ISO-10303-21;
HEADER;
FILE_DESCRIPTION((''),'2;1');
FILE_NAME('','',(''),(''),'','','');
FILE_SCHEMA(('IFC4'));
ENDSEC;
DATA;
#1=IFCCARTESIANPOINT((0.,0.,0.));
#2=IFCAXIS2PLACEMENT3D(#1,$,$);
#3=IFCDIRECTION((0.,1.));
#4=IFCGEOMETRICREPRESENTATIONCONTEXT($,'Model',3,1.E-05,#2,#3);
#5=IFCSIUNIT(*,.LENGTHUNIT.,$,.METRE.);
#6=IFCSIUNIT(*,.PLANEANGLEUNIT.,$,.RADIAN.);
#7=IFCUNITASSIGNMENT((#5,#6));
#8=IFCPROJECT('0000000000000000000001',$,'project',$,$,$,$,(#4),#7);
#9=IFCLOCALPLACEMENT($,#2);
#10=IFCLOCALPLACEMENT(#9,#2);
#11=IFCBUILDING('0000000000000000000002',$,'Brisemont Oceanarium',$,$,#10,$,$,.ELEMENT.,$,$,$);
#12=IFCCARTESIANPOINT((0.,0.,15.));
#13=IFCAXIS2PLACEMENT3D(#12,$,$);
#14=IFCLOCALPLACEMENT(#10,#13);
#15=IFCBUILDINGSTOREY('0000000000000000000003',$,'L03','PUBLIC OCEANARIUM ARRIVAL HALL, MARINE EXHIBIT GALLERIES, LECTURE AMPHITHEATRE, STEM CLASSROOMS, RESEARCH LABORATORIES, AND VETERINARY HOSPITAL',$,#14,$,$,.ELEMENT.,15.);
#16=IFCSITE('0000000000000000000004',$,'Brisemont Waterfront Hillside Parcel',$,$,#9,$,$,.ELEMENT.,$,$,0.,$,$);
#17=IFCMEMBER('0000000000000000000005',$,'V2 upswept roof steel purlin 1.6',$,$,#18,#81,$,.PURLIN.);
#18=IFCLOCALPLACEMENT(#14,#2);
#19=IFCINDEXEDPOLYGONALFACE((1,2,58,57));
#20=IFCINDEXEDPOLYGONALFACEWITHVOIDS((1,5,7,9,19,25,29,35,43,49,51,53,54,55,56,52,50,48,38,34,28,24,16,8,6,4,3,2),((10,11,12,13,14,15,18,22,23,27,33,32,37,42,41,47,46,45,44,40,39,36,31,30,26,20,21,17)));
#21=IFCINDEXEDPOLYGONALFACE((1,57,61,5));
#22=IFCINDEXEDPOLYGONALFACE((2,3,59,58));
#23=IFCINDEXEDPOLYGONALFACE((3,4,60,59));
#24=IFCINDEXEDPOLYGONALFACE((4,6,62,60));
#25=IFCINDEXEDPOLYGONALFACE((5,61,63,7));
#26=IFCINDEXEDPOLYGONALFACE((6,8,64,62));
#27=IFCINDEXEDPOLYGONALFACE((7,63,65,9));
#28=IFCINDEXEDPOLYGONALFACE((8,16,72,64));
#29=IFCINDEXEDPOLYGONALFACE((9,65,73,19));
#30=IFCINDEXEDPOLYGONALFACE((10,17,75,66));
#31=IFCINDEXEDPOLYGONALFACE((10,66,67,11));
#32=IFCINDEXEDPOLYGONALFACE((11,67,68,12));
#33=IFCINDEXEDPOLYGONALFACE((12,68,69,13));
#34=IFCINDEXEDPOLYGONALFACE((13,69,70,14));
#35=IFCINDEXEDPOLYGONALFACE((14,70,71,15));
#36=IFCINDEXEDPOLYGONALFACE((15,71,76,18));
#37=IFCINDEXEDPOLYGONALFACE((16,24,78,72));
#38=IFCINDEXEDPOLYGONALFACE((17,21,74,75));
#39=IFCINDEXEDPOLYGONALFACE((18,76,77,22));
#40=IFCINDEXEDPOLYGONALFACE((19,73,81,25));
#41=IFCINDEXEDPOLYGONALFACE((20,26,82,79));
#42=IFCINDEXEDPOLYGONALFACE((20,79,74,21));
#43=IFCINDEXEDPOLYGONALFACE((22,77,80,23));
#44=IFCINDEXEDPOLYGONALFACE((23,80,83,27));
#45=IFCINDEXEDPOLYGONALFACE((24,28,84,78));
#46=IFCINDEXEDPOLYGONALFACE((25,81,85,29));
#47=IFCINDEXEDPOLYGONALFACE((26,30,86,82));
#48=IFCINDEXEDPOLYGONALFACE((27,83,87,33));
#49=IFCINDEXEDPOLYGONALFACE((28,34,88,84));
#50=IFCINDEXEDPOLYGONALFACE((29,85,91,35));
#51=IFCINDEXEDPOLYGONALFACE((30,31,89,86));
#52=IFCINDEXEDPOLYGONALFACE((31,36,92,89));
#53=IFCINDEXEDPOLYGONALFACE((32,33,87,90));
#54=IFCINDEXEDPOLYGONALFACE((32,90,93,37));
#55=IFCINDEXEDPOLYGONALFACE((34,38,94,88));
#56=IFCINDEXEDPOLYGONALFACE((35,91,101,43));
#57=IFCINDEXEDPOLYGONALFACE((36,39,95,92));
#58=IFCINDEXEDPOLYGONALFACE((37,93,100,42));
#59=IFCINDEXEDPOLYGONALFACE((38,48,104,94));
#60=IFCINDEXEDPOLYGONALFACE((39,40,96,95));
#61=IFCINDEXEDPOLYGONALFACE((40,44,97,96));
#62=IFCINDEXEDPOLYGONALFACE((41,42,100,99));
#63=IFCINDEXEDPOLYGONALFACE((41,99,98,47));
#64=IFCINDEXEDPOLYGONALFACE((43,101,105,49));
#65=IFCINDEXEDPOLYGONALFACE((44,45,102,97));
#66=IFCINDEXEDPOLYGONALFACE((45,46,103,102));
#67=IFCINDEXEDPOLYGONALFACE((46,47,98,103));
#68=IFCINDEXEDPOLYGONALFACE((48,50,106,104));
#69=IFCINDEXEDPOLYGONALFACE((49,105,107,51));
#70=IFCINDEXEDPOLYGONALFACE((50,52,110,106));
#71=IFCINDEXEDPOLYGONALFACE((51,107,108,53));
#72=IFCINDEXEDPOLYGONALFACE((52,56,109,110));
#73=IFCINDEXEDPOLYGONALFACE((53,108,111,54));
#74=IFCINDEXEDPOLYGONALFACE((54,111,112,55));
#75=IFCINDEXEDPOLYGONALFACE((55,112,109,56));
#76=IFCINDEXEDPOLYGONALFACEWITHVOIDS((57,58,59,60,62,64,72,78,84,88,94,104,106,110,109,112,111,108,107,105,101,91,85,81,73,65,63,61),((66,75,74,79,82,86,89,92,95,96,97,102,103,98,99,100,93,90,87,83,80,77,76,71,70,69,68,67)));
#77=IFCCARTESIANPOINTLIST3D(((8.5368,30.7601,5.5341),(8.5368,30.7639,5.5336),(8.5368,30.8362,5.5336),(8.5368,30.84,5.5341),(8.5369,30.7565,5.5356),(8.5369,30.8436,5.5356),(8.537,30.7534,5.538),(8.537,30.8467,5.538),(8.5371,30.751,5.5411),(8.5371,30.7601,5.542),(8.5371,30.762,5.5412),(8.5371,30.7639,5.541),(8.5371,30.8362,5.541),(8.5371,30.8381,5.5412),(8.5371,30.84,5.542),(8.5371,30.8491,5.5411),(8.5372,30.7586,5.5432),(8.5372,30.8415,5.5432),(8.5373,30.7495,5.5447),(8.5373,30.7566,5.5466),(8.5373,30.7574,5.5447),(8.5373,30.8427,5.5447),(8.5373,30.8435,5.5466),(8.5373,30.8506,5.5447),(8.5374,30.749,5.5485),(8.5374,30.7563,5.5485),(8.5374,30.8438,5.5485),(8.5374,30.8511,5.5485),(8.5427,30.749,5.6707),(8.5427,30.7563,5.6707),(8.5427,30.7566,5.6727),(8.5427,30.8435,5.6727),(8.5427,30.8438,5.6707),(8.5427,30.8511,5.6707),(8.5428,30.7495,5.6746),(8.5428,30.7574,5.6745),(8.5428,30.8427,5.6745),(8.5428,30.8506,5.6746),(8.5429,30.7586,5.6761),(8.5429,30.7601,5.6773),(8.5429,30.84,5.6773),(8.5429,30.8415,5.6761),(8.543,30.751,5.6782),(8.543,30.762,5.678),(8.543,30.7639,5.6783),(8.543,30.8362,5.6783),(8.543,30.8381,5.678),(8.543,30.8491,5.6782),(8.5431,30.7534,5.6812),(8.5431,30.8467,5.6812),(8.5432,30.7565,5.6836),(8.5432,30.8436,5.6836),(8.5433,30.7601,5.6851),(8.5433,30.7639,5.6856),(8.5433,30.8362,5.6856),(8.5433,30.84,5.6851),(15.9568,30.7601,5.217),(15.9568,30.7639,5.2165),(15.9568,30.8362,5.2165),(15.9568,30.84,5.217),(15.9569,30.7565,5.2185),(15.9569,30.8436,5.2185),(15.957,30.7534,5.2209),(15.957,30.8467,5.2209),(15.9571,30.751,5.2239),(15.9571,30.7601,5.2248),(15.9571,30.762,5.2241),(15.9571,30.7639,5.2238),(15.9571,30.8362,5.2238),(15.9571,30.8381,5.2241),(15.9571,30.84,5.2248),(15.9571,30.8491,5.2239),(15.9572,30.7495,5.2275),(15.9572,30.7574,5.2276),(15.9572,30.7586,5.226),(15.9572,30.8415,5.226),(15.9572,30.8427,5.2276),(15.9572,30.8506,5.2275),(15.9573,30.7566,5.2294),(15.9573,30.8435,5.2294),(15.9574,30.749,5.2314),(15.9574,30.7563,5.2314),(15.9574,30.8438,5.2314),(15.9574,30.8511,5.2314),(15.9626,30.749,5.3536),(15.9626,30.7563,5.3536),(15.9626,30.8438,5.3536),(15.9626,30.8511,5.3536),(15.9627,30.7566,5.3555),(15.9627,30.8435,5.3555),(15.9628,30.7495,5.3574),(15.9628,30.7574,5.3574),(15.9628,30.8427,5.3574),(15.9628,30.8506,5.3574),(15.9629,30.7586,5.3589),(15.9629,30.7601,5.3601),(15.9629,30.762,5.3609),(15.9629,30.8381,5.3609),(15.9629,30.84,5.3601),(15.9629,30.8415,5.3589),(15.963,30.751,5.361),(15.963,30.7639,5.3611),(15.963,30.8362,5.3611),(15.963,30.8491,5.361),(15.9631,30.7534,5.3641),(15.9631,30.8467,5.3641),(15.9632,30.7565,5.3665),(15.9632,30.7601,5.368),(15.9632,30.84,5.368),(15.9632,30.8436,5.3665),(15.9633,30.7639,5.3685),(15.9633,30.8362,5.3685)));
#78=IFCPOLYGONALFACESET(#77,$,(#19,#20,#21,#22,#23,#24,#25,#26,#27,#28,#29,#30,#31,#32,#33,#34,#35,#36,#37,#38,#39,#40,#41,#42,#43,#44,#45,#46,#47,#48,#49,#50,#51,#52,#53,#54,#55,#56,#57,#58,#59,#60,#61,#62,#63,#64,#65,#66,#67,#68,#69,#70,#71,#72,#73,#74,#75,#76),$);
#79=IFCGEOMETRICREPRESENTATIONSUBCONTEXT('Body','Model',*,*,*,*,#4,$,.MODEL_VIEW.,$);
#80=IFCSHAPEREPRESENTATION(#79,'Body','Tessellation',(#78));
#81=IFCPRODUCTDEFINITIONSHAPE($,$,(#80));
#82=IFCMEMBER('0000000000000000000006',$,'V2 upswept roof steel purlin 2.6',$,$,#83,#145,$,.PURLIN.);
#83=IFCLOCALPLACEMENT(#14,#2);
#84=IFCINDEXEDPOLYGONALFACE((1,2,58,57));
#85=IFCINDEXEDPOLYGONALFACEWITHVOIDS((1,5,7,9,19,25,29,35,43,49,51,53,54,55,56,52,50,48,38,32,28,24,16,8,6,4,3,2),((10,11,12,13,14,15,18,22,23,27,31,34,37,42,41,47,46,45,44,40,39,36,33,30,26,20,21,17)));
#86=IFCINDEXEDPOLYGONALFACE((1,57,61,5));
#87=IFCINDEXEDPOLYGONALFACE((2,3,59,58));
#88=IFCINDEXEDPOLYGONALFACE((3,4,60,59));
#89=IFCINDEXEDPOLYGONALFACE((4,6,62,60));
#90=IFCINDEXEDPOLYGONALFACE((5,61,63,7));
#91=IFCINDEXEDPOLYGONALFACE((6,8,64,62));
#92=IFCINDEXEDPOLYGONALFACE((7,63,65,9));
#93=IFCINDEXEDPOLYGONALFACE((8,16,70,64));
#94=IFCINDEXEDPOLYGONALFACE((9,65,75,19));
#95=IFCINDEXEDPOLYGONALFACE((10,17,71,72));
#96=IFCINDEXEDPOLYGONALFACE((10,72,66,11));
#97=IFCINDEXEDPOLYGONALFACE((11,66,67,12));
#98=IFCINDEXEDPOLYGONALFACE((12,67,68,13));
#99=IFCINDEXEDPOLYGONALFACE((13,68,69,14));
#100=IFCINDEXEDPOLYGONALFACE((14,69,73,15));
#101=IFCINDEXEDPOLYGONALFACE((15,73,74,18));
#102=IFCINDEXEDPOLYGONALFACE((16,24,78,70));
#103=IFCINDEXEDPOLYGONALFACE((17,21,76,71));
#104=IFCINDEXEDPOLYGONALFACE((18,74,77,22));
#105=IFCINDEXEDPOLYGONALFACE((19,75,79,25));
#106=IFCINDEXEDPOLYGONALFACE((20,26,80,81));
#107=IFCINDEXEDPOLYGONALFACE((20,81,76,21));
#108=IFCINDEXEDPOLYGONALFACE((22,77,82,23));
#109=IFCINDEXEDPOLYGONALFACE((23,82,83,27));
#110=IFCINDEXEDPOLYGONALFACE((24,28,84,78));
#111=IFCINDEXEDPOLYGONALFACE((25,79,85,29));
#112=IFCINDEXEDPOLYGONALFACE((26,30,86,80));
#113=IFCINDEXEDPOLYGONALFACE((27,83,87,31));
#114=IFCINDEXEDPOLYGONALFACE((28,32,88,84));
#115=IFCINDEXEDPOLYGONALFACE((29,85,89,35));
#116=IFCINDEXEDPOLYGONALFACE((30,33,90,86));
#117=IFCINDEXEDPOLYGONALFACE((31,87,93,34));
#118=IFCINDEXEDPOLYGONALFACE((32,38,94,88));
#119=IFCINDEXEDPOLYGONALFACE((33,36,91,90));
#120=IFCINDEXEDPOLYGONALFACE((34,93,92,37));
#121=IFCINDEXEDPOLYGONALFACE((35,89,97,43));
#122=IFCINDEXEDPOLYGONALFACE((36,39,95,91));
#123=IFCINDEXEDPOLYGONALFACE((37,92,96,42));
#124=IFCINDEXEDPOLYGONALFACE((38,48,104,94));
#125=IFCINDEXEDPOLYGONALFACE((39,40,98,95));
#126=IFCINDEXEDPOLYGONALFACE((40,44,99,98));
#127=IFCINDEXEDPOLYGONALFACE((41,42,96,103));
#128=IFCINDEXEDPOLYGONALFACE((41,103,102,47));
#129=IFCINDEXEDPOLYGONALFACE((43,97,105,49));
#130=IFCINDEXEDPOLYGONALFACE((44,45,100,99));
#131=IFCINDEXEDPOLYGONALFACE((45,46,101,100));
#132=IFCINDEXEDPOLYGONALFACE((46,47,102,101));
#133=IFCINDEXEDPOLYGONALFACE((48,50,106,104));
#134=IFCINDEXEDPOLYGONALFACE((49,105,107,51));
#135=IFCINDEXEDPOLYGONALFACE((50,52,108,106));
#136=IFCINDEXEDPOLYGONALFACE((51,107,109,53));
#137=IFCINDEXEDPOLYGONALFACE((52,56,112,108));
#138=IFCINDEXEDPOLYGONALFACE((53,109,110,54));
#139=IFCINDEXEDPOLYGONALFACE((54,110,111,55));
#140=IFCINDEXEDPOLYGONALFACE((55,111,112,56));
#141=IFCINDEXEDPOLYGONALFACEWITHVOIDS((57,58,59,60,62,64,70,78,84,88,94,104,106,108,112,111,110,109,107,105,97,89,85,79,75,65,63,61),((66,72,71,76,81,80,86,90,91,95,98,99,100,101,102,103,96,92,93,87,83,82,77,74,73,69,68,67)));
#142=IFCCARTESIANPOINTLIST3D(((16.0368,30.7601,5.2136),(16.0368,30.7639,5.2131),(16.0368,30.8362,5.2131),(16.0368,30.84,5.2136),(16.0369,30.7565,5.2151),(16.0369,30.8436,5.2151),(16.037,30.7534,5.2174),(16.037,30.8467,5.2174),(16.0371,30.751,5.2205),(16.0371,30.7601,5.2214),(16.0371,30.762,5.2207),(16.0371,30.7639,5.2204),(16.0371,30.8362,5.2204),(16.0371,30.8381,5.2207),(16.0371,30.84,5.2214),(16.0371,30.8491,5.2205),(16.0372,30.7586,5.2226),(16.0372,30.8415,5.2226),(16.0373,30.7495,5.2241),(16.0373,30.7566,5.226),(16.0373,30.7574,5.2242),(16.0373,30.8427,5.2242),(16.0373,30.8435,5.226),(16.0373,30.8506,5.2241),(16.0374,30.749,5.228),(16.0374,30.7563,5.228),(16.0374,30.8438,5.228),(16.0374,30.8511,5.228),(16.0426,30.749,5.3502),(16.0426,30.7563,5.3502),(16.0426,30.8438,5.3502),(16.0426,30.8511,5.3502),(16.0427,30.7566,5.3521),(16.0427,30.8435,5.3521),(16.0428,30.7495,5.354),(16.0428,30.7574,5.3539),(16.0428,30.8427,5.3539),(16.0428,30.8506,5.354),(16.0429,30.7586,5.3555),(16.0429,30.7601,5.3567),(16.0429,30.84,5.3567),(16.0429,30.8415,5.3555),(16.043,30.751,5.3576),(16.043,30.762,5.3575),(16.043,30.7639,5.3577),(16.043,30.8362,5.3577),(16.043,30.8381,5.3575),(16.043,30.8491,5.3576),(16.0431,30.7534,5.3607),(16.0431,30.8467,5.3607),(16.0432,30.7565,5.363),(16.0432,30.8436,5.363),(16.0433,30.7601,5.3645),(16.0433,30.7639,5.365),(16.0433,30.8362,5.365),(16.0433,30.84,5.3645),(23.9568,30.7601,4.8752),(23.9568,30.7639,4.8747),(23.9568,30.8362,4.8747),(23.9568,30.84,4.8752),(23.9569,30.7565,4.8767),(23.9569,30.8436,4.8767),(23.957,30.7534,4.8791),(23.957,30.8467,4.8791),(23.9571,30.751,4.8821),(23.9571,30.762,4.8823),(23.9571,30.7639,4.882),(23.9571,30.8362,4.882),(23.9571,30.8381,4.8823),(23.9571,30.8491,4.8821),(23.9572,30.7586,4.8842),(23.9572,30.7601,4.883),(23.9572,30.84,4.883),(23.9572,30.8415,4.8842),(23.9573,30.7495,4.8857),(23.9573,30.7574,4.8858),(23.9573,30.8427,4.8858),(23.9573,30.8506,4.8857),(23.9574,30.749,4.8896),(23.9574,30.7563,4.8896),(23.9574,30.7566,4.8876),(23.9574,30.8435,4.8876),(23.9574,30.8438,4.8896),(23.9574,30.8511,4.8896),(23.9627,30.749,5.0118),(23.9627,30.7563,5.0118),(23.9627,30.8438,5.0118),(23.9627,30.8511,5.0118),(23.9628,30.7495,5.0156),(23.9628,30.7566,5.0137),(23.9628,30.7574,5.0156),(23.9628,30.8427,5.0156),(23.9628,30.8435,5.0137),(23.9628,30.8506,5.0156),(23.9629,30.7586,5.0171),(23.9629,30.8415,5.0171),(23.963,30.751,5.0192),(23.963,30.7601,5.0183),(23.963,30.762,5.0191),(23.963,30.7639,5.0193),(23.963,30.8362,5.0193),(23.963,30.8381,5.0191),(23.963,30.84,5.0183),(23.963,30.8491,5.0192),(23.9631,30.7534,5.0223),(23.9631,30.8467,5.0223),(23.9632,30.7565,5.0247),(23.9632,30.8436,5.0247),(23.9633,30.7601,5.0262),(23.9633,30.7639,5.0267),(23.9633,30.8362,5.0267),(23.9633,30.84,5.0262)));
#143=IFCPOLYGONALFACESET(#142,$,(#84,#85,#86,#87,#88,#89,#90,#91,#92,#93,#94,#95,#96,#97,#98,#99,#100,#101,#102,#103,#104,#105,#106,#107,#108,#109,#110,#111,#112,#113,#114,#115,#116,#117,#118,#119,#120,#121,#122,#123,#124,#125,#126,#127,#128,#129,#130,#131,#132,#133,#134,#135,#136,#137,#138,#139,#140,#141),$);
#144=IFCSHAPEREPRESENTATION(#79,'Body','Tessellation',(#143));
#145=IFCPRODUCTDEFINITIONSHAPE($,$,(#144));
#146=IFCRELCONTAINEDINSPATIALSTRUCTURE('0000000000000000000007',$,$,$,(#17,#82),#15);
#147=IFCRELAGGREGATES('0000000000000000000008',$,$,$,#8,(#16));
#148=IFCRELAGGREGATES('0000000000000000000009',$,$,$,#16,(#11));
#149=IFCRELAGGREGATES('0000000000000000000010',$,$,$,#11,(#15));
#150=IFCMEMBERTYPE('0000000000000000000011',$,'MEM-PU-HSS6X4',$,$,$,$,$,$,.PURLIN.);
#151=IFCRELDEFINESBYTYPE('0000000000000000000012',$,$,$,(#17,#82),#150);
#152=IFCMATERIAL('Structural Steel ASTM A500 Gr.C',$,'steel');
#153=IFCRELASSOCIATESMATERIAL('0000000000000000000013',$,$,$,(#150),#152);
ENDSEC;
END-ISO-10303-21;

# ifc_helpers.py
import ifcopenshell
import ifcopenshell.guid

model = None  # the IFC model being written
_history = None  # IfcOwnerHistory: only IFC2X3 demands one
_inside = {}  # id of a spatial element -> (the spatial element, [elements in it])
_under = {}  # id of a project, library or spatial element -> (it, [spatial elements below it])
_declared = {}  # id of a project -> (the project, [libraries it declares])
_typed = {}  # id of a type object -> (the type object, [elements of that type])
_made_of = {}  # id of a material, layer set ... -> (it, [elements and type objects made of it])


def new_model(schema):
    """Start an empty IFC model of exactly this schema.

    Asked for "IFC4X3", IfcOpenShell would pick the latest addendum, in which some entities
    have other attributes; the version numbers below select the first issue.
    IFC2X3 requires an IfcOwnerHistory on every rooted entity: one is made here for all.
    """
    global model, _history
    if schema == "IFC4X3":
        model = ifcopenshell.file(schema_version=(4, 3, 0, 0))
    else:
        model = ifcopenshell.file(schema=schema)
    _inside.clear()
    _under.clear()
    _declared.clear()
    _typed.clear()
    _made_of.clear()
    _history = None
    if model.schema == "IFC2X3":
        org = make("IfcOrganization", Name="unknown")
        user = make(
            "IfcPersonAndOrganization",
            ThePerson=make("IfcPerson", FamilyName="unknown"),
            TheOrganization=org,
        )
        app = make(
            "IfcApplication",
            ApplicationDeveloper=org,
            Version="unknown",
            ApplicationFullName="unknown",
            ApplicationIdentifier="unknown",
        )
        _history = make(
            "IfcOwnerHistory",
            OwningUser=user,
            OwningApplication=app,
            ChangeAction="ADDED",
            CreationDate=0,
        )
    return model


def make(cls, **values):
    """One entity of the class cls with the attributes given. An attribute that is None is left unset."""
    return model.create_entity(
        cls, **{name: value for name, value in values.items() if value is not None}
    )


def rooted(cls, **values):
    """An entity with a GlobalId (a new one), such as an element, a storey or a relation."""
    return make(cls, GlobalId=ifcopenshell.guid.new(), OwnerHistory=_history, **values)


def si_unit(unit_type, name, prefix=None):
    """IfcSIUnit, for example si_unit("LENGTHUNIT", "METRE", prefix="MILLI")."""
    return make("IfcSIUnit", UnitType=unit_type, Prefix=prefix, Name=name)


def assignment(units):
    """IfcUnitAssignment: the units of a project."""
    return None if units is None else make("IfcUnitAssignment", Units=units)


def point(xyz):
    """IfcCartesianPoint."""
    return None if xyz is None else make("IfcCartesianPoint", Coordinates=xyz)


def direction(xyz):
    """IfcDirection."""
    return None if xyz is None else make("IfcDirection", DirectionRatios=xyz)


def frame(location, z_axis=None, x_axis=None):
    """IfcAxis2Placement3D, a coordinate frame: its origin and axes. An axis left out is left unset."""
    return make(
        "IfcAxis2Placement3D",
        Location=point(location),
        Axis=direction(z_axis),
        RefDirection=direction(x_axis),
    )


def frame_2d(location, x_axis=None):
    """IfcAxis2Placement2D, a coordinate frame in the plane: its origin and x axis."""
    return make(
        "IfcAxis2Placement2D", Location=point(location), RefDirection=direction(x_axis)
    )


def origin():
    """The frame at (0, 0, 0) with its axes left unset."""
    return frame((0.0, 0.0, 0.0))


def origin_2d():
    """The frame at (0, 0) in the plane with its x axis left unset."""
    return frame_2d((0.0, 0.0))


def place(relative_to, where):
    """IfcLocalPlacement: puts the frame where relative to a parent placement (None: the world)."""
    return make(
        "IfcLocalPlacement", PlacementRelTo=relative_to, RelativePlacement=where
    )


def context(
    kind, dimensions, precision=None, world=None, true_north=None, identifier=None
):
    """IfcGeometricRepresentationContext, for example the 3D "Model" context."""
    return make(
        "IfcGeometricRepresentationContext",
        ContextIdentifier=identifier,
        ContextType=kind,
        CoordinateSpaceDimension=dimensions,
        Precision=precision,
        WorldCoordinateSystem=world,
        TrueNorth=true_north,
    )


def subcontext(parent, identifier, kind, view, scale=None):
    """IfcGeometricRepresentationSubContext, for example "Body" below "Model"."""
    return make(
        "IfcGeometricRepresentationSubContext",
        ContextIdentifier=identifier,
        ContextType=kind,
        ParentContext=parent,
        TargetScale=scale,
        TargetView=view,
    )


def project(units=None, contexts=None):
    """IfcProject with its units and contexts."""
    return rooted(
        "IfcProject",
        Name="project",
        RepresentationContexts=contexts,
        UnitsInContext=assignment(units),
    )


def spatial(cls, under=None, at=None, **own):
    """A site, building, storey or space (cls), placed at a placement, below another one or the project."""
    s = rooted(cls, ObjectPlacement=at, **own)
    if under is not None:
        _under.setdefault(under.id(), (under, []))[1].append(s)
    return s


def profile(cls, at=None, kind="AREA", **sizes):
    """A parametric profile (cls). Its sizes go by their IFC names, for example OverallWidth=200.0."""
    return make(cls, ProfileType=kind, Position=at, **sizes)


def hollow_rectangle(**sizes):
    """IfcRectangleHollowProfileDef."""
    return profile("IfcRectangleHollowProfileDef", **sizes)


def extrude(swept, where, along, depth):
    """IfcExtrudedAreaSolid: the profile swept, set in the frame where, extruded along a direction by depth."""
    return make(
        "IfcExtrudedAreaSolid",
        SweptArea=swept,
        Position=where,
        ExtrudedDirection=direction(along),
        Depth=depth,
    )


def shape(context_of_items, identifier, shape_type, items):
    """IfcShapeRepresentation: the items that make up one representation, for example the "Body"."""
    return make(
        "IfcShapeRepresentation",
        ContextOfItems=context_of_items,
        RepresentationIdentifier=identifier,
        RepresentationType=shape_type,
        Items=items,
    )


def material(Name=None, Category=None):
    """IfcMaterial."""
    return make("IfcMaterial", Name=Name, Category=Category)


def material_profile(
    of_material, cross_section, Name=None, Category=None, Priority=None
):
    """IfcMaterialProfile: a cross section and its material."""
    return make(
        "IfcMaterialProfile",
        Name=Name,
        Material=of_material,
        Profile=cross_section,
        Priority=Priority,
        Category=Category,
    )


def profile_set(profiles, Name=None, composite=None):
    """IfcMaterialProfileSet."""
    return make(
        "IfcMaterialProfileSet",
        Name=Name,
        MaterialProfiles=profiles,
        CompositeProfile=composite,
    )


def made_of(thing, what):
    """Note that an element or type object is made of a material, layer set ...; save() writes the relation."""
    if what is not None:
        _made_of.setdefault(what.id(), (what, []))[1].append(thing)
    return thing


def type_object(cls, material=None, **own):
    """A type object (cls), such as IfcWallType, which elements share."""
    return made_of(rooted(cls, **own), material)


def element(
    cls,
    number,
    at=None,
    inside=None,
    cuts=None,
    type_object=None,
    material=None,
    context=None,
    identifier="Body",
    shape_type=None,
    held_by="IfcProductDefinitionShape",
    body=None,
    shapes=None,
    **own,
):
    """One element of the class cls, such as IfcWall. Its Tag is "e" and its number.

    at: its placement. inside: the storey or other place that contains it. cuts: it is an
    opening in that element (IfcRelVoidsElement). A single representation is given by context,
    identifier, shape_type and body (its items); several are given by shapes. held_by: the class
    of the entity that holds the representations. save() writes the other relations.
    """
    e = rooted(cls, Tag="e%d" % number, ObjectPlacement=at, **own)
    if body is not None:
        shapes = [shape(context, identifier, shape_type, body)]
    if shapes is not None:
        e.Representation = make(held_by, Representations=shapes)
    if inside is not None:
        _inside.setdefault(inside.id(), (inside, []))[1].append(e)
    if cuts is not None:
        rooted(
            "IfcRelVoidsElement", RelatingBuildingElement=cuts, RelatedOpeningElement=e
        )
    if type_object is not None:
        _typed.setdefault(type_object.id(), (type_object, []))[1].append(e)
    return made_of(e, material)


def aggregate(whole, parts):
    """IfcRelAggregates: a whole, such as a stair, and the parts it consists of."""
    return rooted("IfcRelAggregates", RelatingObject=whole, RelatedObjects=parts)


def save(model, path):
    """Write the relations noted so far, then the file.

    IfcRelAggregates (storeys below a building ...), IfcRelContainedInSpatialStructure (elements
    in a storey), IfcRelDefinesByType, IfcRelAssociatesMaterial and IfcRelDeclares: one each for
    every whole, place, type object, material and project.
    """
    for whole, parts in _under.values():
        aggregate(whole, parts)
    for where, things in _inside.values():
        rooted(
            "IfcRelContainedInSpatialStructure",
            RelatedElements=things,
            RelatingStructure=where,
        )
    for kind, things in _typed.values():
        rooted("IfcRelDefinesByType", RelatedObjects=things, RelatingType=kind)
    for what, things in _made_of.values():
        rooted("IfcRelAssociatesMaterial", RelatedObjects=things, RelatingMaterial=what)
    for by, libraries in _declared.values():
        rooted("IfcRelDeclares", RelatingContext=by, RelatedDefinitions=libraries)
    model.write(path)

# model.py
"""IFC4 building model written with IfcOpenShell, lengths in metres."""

from ifc_helpers import new_model, si_unit, direction, frame, origin, origin_2d, place, context, subcontext, project, spatial, hollow_rectangle, extrude, material, material_profile, profile_set, type_object, element, save


model = new_model("IFC4")

# Units and contexts
model_context = context("Model", 3, precision=1e-05, world=origin(), true_north=direction((0.0, 1.0)))
body_context = subcontext(model_context, "Body", "Model", "MODEL_VIEW")
ifc_project = project(units=[si_unit("LENGTHUNIT", "METRE"), si_unit("PLANEANGLEUNIT", "RADIAN")], contexts=[model_context])

# Site, building, storey
site_placement = place(None, origin())
site = spatial("IfcSite", under=ifc_project, at=site_placement, Name="Brisemont Waterfront Hillside Parcel", CompositionType="ELEMENT", RefElevation=0.0)
building_placement = place(site_placement, origin())
building = spatial("IfcBuilding", under=site, at=building_placement, Name="Brisemont Oceanarium", CompositionType="ELEMENT")
storey_placement = place(building_placement, frame((0.0, 0.0, 15.0)))
storey = spatial("IfcBuildingStorey", under=building, at=storey_placement, Name="L03", Description="PUBLIC OCEANARIUM ARRIVAL HALL, MARINE EXHIBIT GALLERIES, LECTURE AMPHITHEATRE, STEM CLASSROOMS, RESEARCH LABORATORIES, AND VETERINARY HOSPITAL", CompositionType="ELEMENT", Elevation=15.0)

# Members
ifc_material_1 = material(Name="Structural Steel ASTM A500 Gr.C", Category="steel")
ifc_material_profile_1 = material_profile(ifc_material_1, hollow_rectangle(XDim=0.1021, YDim=0.1521, WallThickness=0.0073, InnerFilletRadius=0.0076, OuterFilletRadius=0.0149, at=origin_2d()), Name="HSS6X4X5/16")
ifc_profile_set_1 = profile_set([ifc_material_profile_1], Name="Structural Steel ASTM A500 Gr.C")
member_type_1 = type_object("IfcMemberType", Name="MEM-PU-HSS6X4", PredefinedType="PURLIN", material=ifc_profile_set_1)
member_1_placement = place(storey_placement, frame((8.54, 30.8, 5.6096), z_axis=(0.999088, 0.0, -0.042703), x_axis=(0.0, 1.0, 0.0)))
element("IfcMember", 1, at=member_1_placement, inside=storey, type_object=member_type_1, Name="V2 upswept roof steel purlin 1.6", PredefinedType="PURLIN", context=body_context, shape_type="SweptSolid", body=[
    extrude(hollow_rectangle(XDim=0.1021, YDim=0.1521, WallThickness=0.0073, InnerFilletRadius=0.0076, OuterFilletRadius=0.0149, at=origin_2d()), origin(), (0.0, 0.0, 1.0), 7.4268),
])
for number, where, z_axis, x_axis, name in (
    (2, (16.04, 30.8, 5.2891), (0.999089, 0.0, -0.042686), (0.0, 1.0, 0.0), "V2 upswept roof steel purlin 2.6"),
):
    element("IfcMember", number, at=place(storey_placement, frame(where, z_axis=z_axis, x_axis=x_axis)), inside=storey, type_object=member_type_1, Name=name, PredefinedType="PURLIN", context=body_context, shape_type="SweptSolid", body=[
        extrude(hollow_rectangle(XDim=0.1021, YDim=0.1521, WallThickness=0.0073, InnerFilletRadius=0.0076, OuterFilletRadius=0.0149, at=origin_2d()), origin(), (0.0, 0.0, 1.0), 7.9272),
    ])

save(model, "model.ifc")
